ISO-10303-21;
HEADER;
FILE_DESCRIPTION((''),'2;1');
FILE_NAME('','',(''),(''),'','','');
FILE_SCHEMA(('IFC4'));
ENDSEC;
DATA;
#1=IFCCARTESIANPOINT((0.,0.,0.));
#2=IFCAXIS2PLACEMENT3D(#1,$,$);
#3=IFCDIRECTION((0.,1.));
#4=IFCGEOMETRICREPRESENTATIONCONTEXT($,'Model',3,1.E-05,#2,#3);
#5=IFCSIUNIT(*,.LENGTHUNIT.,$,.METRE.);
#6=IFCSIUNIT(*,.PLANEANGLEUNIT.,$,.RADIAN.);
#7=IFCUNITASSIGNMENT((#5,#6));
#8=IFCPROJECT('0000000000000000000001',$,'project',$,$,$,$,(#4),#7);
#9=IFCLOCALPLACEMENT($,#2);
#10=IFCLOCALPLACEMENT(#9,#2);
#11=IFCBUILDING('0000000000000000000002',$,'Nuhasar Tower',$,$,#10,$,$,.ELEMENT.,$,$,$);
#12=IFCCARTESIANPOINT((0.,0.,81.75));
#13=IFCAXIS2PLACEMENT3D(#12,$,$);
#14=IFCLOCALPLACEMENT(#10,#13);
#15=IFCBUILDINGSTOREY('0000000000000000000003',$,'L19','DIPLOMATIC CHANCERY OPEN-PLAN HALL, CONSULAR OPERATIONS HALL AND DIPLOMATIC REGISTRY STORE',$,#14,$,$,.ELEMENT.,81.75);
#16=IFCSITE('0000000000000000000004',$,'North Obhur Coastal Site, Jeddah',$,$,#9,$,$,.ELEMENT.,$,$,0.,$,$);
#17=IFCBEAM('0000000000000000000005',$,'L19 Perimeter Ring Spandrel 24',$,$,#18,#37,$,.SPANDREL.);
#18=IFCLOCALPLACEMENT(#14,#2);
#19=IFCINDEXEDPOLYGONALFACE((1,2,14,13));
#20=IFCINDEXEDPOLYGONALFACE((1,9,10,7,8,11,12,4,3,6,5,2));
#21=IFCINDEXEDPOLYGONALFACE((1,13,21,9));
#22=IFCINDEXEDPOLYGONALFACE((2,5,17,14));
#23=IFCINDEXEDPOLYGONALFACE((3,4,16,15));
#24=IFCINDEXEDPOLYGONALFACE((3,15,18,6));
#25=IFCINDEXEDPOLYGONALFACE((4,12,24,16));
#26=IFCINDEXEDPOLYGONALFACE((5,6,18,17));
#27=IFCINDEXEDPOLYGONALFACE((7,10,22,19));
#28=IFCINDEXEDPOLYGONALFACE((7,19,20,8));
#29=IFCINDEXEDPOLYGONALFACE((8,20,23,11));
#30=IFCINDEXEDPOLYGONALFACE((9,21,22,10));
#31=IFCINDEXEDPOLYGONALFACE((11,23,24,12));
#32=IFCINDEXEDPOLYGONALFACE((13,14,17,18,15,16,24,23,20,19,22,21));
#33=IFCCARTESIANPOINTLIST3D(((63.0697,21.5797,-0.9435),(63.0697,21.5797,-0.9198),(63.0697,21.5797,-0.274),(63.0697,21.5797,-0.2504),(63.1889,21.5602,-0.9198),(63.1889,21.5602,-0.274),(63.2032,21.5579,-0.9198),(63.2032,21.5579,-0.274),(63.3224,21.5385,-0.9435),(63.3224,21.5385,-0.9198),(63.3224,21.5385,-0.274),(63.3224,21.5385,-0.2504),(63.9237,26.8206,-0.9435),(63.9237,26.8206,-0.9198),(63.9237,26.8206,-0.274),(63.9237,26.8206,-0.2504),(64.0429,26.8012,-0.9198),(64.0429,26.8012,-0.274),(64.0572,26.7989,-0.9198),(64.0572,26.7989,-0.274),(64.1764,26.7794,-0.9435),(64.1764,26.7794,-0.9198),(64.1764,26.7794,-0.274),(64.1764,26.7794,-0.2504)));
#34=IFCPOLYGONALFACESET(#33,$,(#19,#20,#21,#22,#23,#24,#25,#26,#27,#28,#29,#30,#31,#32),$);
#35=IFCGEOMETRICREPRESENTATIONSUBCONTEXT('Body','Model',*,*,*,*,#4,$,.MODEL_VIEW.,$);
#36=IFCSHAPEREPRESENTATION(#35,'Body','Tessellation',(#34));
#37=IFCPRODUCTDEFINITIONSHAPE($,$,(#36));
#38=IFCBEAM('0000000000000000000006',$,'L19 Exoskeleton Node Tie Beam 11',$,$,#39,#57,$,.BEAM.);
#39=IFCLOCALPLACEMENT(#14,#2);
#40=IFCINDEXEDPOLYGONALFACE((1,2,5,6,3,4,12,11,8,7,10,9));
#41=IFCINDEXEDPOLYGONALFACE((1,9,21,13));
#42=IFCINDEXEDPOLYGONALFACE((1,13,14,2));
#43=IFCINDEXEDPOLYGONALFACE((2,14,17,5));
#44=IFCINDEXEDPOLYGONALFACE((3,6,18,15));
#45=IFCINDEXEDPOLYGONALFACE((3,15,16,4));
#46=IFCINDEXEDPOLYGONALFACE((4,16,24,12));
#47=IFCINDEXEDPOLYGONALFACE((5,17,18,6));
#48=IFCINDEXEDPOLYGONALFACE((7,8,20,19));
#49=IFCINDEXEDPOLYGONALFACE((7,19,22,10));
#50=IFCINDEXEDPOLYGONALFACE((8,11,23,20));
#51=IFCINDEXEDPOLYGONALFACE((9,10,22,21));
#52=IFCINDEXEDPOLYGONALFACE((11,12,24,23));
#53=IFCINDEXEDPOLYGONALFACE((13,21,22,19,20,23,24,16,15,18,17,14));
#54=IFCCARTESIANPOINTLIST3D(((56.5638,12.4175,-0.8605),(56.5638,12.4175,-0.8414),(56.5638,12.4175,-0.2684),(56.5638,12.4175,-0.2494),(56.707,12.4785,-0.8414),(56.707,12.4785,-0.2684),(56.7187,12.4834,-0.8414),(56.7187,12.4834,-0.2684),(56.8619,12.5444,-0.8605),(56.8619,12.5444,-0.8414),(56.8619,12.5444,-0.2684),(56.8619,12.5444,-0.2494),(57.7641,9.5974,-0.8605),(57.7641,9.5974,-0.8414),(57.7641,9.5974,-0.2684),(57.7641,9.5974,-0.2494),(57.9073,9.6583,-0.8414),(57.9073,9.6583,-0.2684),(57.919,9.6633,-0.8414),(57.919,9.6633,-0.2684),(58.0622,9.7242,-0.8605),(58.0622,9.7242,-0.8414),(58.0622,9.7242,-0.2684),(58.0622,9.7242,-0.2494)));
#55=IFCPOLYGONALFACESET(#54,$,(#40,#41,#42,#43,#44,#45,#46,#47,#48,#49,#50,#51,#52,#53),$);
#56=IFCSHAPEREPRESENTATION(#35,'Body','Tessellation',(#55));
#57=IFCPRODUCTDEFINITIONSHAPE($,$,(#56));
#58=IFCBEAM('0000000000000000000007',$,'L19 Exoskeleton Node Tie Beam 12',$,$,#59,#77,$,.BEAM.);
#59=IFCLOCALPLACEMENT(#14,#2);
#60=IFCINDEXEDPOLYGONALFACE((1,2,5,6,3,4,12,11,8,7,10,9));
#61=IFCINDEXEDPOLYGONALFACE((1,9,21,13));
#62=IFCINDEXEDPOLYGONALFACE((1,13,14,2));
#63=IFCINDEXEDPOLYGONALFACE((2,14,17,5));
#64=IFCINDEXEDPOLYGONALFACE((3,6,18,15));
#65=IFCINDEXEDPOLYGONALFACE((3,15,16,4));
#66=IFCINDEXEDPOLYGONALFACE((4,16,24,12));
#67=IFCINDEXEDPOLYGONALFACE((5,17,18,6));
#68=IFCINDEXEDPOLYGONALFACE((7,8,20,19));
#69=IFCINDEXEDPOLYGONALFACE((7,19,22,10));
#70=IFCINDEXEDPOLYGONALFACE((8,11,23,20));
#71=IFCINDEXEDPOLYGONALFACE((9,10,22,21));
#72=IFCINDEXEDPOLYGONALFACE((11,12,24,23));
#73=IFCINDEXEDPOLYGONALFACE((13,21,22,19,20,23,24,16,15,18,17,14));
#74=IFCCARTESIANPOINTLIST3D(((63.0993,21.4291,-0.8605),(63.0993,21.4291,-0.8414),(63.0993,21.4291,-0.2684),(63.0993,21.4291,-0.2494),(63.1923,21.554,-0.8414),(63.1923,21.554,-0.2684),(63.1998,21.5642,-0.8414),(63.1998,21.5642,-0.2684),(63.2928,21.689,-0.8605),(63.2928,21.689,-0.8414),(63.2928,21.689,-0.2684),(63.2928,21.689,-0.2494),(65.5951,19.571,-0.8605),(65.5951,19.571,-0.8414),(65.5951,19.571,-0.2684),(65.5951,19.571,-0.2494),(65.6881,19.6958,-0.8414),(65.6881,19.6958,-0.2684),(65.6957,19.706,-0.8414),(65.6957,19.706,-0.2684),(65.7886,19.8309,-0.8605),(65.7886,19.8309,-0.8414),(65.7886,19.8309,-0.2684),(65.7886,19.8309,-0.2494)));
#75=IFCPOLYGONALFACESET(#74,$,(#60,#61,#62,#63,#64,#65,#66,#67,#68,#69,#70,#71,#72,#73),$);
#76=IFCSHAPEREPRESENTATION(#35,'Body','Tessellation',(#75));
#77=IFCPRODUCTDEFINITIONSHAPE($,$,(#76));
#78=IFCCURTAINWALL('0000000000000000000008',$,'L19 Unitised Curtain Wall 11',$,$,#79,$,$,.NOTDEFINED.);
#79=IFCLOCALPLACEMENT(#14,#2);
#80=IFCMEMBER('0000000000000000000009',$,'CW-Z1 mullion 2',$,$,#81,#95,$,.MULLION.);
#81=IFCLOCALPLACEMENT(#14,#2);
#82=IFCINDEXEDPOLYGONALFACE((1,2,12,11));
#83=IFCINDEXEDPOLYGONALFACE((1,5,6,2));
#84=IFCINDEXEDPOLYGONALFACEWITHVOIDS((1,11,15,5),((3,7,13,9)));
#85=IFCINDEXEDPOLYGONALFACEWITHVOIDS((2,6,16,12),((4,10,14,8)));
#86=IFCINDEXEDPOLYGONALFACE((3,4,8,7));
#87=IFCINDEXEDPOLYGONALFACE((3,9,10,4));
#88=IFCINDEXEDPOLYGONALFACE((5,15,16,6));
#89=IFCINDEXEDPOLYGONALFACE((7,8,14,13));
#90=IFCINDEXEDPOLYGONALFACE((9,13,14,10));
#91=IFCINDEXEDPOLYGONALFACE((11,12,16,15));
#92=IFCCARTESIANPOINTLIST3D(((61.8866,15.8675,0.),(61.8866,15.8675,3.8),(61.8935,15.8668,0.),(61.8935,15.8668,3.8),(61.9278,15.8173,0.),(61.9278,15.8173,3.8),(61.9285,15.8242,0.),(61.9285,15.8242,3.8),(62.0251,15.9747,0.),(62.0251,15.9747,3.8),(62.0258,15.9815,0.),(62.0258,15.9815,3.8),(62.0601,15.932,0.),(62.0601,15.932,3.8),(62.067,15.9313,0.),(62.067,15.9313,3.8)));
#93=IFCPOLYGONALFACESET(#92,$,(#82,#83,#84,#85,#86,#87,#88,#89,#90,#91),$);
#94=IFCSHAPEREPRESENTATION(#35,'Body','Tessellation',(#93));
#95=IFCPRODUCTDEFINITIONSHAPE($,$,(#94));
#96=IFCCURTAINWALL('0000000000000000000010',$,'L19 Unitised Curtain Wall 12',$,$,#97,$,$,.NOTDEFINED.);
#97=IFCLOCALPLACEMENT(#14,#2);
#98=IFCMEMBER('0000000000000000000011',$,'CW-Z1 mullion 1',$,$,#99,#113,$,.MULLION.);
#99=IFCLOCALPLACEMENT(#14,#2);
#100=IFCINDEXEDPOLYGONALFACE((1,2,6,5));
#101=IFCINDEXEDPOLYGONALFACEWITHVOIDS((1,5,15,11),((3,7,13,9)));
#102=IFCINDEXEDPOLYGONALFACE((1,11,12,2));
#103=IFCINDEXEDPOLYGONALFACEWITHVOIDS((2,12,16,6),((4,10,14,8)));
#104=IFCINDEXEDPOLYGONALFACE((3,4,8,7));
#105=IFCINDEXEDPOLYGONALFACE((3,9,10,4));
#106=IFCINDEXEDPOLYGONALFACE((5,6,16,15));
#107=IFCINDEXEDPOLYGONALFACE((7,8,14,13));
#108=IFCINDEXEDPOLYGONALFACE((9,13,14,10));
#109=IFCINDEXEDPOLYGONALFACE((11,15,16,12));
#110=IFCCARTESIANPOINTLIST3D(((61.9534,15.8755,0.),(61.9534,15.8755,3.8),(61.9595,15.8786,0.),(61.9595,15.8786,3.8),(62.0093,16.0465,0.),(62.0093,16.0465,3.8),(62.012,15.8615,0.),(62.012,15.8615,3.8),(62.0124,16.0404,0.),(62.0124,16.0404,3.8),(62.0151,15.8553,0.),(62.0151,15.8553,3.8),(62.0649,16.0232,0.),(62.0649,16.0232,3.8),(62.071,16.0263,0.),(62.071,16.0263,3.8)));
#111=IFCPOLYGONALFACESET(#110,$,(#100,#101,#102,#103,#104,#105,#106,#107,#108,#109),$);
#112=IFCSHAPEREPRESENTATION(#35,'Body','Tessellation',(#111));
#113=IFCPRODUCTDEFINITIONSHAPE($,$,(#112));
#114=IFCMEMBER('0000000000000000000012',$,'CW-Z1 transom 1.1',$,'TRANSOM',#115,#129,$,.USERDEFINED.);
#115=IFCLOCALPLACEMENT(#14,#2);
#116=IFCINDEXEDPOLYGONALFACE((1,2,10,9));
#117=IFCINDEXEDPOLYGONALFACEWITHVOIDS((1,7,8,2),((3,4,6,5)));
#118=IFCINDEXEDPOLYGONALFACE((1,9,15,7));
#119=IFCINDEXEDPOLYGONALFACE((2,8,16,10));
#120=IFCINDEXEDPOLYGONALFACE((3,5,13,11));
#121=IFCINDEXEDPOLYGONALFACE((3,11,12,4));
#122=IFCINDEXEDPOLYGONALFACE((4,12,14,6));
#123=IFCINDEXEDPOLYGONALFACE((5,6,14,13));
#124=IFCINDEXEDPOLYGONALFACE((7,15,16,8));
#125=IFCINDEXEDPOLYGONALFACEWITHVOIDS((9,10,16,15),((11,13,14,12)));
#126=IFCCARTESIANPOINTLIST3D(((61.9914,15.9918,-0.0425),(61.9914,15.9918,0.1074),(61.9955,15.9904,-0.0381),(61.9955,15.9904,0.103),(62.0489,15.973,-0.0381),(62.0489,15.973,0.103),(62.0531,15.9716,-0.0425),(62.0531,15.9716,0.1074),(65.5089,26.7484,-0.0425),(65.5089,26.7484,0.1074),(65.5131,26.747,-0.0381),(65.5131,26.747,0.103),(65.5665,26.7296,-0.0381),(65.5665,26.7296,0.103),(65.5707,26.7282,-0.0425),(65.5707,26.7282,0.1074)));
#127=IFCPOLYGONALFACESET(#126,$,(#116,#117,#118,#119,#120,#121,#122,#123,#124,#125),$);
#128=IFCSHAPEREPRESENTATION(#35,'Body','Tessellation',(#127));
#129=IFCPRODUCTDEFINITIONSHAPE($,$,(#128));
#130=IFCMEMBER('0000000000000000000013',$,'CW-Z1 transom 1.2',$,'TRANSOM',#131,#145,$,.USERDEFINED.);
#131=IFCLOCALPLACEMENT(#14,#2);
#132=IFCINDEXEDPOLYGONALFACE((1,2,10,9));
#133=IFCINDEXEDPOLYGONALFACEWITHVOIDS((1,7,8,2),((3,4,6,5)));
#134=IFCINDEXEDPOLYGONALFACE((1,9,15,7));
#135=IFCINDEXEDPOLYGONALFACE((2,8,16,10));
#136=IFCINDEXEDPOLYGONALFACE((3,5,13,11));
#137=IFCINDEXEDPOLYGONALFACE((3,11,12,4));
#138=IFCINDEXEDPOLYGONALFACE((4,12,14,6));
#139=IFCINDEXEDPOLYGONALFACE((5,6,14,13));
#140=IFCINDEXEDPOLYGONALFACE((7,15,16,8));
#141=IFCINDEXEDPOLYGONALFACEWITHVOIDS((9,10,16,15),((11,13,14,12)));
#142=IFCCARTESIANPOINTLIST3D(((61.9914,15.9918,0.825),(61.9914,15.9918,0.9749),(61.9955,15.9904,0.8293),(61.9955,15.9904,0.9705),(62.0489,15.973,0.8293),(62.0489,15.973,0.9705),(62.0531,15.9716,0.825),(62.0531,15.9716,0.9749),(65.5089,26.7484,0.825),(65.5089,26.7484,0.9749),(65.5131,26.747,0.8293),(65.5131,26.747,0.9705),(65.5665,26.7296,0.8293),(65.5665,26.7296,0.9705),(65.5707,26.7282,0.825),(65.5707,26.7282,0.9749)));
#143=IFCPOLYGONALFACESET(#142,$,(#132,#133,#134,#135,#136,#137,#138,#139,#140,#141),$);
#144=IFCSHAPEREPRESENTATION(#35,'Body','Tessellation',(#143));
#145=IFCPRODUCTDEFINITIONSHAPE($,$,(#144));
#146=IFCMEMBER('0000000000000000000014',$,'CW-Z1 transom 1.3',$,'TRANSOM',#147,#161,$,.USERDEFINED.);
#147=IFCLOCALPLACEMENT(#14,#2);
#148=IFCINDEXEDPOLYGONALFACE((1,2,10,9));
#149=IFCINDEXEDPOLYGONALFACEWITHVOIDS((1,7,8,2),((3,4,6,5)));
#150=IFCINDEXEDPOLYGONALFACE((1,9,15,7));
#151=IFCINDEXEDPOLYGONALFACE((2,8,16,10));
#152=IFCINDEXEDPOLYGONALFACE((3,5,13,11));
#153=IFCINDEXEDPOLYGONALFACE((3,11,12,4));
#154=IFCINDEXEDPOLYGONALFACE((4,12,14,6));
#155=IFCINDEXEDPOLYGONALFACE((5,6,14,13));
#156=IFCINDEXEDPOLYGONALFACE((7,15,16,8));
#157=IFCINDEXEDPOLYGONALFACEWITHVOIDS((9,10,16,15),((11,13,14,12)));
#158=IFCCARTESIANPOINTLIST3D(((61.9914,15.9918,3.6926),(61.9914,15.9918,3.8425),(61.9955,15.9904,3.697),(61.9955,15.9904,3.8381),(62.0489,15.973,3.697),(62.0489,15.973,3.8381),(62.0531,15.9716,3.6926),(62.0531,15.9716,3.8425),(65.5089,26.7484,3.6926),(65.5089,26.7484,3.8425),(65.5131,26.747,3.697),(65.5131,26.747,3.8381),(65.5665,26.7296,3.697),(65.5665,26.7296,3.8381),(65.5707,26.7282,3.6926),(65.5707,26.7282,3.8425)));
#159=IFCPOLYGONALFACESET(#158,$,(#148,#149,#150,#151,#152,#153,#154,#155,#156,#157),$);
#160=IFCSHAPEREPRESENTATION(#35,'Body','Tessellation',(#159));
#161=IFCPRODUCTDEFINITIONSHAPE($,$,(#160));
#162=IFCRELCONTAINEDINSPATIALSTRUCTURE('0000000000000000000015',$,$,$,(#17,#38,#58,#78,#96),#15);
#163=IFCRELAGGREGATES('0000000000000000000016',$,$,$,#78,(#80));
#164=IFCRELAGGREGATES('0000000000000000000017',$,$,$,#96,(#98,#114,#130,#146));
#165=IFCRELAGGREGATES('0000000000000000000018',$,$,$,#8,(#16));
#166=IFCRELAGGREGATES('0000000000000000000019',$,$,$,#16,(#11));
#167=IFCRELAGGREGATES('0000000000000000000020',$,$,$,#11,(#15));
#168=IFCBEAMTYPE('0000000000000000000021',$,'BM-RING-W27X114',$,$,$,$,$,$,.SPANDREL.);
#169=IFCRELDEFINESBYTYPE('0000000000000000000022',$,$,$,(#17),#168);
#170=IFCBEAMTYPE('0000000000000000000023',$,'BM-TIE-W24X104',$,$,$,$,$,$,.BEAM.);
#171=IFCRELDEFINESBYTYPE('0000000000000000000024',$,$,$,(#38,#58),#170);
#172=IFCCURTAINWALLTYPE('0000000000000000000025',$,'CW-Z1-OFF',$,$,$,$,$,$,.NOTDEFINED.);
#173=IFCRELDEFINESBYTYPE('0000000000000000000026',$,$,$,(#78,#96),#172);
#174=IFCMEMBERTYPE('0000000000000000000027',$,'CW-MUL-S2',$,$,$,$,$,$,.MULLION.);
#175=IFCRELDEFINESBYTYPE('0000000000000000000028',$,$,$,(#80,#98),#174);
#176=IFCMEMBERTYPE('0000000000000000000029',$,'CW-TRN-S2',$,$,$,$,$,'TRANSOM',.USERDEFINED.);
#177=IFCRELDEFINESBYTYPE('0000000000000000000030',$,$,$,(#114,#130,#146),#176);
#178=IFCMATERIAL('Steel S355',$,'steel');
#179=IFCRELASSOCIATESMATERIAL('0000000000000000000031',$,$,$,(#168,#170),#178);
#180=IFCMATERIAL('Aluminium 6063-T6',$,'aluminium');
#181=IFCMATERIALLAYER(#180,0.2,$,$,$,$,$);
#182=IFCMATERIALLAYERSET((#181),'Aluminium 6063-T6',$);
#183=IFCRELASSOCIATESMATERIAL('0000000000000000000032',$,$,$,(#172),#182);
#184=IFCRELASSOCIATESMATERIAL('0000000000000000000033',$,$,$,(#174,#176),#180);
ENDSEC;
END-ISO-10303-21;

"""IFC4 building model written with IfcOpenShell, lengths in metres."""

from ifc_helpers import new_model, si_unit, direction, frame, origin, origin_2d, place, context, subcontext, project, spatial, hollow_rectangle, i_section, extrude, material, layer, layer_set, material_profile, profile_set, type_object, element, aggregate, save


model = new_model("IFC4")

# Units and contexts
model_context = context("Model", 3, precision=1e-05, world=origin(), true_north=direction((0.0, 1.0)))
body_context = subcontext(model_context, "Body", "Model", "MODEL_VIEW")
ifc_project = project(units=[si_unit("LENGTHUNIT", "METRE"), si_unit("PLANEANGLEUNIT", "RADIAN")], contexts=[model_context])

# Site, building, storey
site_placement = place(None, origin())
site = spatial("IfcSite", under=ifc_project, at=site_placement, Name="North Obhur Coastal Site, Jeddah", CompositionType="ELEMENT", RefElevation=0.0)
building_placement = place(site_placement, origin())
building = spatial("IfcBuilding", under=site, at=building_placement, Name="Nuhasar Tower", CompositionType="ELEMENT")
storey_placement = place(building_placement, frame((0.0, 0.0, 81.75)))
storey = spatial("IfcBuildingStorey", under=building, at=storey_placement, Name="L19", Description="DIPLOMATIC CHANCERY OPEN-PLAN HALL, CONSULAR OPERATIONS HALL AND DIPLOMATIC REGISTRY STORE", CompositionType="ELEMENT", Elevation=81.75)

# Beams
ifc_material_1 = material(Name="Steel S355", Category="steel")
ifc_material_profile_1 = material_profile(ifc_material_1, i_section(OverallWidth=0.2561, OverallDepth=0.6931, WebThickness=0.0144, FlangeThickness=0.0237, at=origin_2d()), Name="W27X114")
ifc_profile_set_1 = profile_set([ifc_material_profile_1], Name="Steel S355")
beam_type_1 = type_object("IfcBeamType", Name="BM-RING-W27X114", PredefinedType="SPANDREL", material=ifc_profile_set_1)
beam_1_placement = place(storey_placement, frame((63.196, 21.5591, -0.5969), z_axis=(0.160827, 0.986983, 0.0), x_axis=(-0.986983, 0.160827, 0.0)))
element("IfcBeam", 1, at=beam_1_placement, inside=storey, type_object=beam_type_1, Name="L19 Perimeter Ring Spandrel 24", PredefinedType="SPANDREL", context=body_context, shape_type="SweptSolid", body=[
    extrude(i_section(OverallWidth=0.2561, OverallDepth=0.6931, WebThickness=0.0144, FlangeThickness=0.0237, at=origin_2d()), origin(), (0.0, 0.0, 1.0), 5.3101),
])
ifc_material_profile_2 = material_profile(ifc_material_1, i_section(OverallWidth=0.324, OverallDepth=0.6111, WebThickness=0.0127, FlangeThickness=0.019, at=origin_2d()), Name="W24X104")
ifc_profile_set_2 = profile_set([ifc_material_profile_2], Name="Steel S355")
beam_type_2 = type_object("IfcBeamType", Name="BM-TIE-W24X104", PredefinedType="BEAM", material=ifc_profile_set_2)
beam_2_placement = place(storey_placement, frame((56.7129, 12.481, -0.5549), z_axis=(0.391601, -0.920135, 0.0), x_axis=(0.920135, 0.391601, 0.0)))
element("IfcBeam", 2, at=beam_2_placement, inside=storey, type_object=beam_type_2, Name="L19 Exoskeleton Node Tie Beam 11", PredefinedType="BEAM", context=body_context, shape_type="SweptSolid", body=[
    extrude(i_section(OverallWidth=0.324, OverallDepth=0.6111, WebThickness=0.0127, FlangeThickness=0.019, at=origin_2d()), origin(), (0.0, 0.0, 1.0), 3.0649),
])
beam_3_placement = place(storey_placement, frame((63.196, 21.5591, -0.5549), z_axis=(0.802113, -0.597172, 0.0), x_axis=(0.597172, 0.802113, 0.0)))
element("IfcBeam", 3, at=beam_3_placement, inside=storey, type_object=beam_type_2, Name="L19 Exoskeleton Node Tie Beam 12", PredefinedType="BEAM", context=body_context, shape_type="SweptSolid", body=[
    extrude(i_section(OverallWidth=0.324, OverallDepth=0.6111, WebThickness=0.0127, FlangeThickness=0.019, at=origin_2d()), origin(), (0.0, 0.0, 1.0), 3.1116),
])

# Curtain wall, member
ifc_material_2 = material(Name="Aluminium 6063-T6", Category="aluminium")
ifc_layer_1 = layer(ifc_material_2, 0.2)
ifc_layer_set_1 = layer_set([ifc_layer_1], Name="Aluminium 6063-T6")
curtain_wall_type = type_object("IfcCurtainWallType", Name="CW-Z1-OFF", PredefinedType="NOTDEFINED", material=ifc_layer_set_1)
curtain_wall_1_placement = place(storey_placement, origin())
curtain_wall_1 = element("IfcCurtainWall", 4, at=curtain_wall_1_placement, inside=storey, type_object=curtain_wall_type, Name="L19 Unitised Curtain Wall 11", PredefinedType="NOTDEFINED")
ifc_material_profile_3 = material_profile(ifc_material_2, hollow_rectangle(XDim=0.0649, YDim=0.1799, WallThickness=0.0049, at=origin_2d()), Name="CWM-2")
ifc_profile_set_3 = profile_set([ifc_material_profile_3], Name="Aluminium 6063-T6")
member_type_1 = type_object("IfcMemberType", Name="CW-MUL-S2", PredefinedType="MULLION", material=ifc_profile_set_3)
member_1_placement = place(storey_placement, frame((61.9768, 15.8994, 0.0), z_axis=(0.0, 0.0, 1.0), x_axis=(-0.633745, 0.773542, 0.0)))
member_1 = element("IfcMember", 5, at=member_1_placement, type_object=member_type_1, Name="CW-Z1 mullion 2", PredefinedType="MULLION", context=body_context, shape_type="SweptSolid", body=[
    extrude(hollow_rectangle(XDim=0.0649, YDim=0.1799, WallThickness=0.0049, at=origin_2d()), origin(), (0.0, 0.0, 1.0), 3.8),
])

# Curtain wall, members
curtain_wall_2_placement = place(storey_placement, origin())
curtain_wall_2 = element("IfcCurtainWall", 6, at=curtain_wall_2_placement, inside=storey, type_object=curtain_wall_type, Name="L19 Unitised Curtain Wall 12", PredefinedType="NOTDEFINED")
member_2_placement = place(storey_placement, frame((62.0122, 15.9509, 0.0), z_axis=(0.0, 0.0, 1.0), x_axis=(-0.950468, 0.310824, 0.0)))
member_2 = element("IfcMember", 7, at=member_2_placement, type_object=member_type_1, Name="CW-Z1 mullion 1", PredefinedType="MULLION", context=body_context, shape_type="SweptSolid", body=[
    extrude(hollow_rectangle(XDim=0.0649, YDim=0.1799, WallThickness=0.0049, at=origin_2d()), origin(), (0.0, 0.0, 1.0), 3.8),
])
ifc_material_profile_4 = material_profile(ifc_material_2, hollow_rectangle(XDim=0.0649, YDim=0.1499, WallThickness=0.0044, at=origin_2d()), Name="CWT-2")
ifc_profile_set_4 = profile_set([ifc_material_profile_4], Name="Aluminium 6063-T6")
member_type_2 = type_object("IfcMemberType", Name="CW-TRN-S2", ElementType="TRANSOM", PredefinedType="USERDEFINED", material=ifc_profile_set_4)
member_3_placement = place(storey_placement, frame((62.0222, 15.9817, 0.0325), z_axis=(0.310819, 0.950469, 0.0), x_axis=(-0.950469, 0.310819, 0.0)))
member_3 = element("IfcMember", 8, at=member_3_placement, type_object=member_type_2, Name="CW-Z1 transom 1.1", ObjectType="TRANSOM", PredefinedType="USERDEFINED", context=body_context, shape_type="SweptSolid", body=[
    extrude(hollow_rectangle(XDim=0.0649, YDim=0.1499, WallThickness=0.0044, at=origin_2d()), origin(), (0.0, 0.0, 1.0), 11.3171),
])
member_4_placement = place(storey_placement, frame((62.0222, 15.9817, 0.8999), z_axis=(0.310819, 0.950469, 0.0), x_axis=(-0.950469, 0.310819, 0.0)))
member_4 = element("IfcMember", 9, at=member_4_placement, type_object=member_type_2, Name="CW-Z1 transom 1.2", ObjectType="TRANSOM", PredefinedType="USERDEFINED", context=body_context, shape_type="SweptSolid", body=[
    extrude(hollow_rectangle(XDim=0.0649, YDim=0.1499, WallThickness=0.0044, at=origin_2d()), origin(), (0.0, 0.0, 1.0), 11.3171),
])
member_5_placement = place(storey_placement, frame((62.0222, 15.9817, 3.7676), z_axis=(0.310819, 0.950469, 0.0), x_axis=(-0.950469, 0.310819, 0.0)))
member_5 = element("IfcMember", 10, at=member_5_placement, type_object=member_type_2, Name="CW-Z1 transom 1.3", ObjectType="TRANSOM", PredefinedType="USERDEFINED", context=body_context, shape_type="SweptSolid", body=[
    extrude(hollow_rectangle(XDim=0.0649, YDim=0.1499, WallThickness=0.0044, at=origin_2d()), origin(), (0.0, 0.0, 1.0), 11.3171),
])

aggregate(curtain_wall_1, [member_1])
aggregate(curtain_wall_2, [member_2, member_3, member_4, member_5])

save(model, "model.ifc")
